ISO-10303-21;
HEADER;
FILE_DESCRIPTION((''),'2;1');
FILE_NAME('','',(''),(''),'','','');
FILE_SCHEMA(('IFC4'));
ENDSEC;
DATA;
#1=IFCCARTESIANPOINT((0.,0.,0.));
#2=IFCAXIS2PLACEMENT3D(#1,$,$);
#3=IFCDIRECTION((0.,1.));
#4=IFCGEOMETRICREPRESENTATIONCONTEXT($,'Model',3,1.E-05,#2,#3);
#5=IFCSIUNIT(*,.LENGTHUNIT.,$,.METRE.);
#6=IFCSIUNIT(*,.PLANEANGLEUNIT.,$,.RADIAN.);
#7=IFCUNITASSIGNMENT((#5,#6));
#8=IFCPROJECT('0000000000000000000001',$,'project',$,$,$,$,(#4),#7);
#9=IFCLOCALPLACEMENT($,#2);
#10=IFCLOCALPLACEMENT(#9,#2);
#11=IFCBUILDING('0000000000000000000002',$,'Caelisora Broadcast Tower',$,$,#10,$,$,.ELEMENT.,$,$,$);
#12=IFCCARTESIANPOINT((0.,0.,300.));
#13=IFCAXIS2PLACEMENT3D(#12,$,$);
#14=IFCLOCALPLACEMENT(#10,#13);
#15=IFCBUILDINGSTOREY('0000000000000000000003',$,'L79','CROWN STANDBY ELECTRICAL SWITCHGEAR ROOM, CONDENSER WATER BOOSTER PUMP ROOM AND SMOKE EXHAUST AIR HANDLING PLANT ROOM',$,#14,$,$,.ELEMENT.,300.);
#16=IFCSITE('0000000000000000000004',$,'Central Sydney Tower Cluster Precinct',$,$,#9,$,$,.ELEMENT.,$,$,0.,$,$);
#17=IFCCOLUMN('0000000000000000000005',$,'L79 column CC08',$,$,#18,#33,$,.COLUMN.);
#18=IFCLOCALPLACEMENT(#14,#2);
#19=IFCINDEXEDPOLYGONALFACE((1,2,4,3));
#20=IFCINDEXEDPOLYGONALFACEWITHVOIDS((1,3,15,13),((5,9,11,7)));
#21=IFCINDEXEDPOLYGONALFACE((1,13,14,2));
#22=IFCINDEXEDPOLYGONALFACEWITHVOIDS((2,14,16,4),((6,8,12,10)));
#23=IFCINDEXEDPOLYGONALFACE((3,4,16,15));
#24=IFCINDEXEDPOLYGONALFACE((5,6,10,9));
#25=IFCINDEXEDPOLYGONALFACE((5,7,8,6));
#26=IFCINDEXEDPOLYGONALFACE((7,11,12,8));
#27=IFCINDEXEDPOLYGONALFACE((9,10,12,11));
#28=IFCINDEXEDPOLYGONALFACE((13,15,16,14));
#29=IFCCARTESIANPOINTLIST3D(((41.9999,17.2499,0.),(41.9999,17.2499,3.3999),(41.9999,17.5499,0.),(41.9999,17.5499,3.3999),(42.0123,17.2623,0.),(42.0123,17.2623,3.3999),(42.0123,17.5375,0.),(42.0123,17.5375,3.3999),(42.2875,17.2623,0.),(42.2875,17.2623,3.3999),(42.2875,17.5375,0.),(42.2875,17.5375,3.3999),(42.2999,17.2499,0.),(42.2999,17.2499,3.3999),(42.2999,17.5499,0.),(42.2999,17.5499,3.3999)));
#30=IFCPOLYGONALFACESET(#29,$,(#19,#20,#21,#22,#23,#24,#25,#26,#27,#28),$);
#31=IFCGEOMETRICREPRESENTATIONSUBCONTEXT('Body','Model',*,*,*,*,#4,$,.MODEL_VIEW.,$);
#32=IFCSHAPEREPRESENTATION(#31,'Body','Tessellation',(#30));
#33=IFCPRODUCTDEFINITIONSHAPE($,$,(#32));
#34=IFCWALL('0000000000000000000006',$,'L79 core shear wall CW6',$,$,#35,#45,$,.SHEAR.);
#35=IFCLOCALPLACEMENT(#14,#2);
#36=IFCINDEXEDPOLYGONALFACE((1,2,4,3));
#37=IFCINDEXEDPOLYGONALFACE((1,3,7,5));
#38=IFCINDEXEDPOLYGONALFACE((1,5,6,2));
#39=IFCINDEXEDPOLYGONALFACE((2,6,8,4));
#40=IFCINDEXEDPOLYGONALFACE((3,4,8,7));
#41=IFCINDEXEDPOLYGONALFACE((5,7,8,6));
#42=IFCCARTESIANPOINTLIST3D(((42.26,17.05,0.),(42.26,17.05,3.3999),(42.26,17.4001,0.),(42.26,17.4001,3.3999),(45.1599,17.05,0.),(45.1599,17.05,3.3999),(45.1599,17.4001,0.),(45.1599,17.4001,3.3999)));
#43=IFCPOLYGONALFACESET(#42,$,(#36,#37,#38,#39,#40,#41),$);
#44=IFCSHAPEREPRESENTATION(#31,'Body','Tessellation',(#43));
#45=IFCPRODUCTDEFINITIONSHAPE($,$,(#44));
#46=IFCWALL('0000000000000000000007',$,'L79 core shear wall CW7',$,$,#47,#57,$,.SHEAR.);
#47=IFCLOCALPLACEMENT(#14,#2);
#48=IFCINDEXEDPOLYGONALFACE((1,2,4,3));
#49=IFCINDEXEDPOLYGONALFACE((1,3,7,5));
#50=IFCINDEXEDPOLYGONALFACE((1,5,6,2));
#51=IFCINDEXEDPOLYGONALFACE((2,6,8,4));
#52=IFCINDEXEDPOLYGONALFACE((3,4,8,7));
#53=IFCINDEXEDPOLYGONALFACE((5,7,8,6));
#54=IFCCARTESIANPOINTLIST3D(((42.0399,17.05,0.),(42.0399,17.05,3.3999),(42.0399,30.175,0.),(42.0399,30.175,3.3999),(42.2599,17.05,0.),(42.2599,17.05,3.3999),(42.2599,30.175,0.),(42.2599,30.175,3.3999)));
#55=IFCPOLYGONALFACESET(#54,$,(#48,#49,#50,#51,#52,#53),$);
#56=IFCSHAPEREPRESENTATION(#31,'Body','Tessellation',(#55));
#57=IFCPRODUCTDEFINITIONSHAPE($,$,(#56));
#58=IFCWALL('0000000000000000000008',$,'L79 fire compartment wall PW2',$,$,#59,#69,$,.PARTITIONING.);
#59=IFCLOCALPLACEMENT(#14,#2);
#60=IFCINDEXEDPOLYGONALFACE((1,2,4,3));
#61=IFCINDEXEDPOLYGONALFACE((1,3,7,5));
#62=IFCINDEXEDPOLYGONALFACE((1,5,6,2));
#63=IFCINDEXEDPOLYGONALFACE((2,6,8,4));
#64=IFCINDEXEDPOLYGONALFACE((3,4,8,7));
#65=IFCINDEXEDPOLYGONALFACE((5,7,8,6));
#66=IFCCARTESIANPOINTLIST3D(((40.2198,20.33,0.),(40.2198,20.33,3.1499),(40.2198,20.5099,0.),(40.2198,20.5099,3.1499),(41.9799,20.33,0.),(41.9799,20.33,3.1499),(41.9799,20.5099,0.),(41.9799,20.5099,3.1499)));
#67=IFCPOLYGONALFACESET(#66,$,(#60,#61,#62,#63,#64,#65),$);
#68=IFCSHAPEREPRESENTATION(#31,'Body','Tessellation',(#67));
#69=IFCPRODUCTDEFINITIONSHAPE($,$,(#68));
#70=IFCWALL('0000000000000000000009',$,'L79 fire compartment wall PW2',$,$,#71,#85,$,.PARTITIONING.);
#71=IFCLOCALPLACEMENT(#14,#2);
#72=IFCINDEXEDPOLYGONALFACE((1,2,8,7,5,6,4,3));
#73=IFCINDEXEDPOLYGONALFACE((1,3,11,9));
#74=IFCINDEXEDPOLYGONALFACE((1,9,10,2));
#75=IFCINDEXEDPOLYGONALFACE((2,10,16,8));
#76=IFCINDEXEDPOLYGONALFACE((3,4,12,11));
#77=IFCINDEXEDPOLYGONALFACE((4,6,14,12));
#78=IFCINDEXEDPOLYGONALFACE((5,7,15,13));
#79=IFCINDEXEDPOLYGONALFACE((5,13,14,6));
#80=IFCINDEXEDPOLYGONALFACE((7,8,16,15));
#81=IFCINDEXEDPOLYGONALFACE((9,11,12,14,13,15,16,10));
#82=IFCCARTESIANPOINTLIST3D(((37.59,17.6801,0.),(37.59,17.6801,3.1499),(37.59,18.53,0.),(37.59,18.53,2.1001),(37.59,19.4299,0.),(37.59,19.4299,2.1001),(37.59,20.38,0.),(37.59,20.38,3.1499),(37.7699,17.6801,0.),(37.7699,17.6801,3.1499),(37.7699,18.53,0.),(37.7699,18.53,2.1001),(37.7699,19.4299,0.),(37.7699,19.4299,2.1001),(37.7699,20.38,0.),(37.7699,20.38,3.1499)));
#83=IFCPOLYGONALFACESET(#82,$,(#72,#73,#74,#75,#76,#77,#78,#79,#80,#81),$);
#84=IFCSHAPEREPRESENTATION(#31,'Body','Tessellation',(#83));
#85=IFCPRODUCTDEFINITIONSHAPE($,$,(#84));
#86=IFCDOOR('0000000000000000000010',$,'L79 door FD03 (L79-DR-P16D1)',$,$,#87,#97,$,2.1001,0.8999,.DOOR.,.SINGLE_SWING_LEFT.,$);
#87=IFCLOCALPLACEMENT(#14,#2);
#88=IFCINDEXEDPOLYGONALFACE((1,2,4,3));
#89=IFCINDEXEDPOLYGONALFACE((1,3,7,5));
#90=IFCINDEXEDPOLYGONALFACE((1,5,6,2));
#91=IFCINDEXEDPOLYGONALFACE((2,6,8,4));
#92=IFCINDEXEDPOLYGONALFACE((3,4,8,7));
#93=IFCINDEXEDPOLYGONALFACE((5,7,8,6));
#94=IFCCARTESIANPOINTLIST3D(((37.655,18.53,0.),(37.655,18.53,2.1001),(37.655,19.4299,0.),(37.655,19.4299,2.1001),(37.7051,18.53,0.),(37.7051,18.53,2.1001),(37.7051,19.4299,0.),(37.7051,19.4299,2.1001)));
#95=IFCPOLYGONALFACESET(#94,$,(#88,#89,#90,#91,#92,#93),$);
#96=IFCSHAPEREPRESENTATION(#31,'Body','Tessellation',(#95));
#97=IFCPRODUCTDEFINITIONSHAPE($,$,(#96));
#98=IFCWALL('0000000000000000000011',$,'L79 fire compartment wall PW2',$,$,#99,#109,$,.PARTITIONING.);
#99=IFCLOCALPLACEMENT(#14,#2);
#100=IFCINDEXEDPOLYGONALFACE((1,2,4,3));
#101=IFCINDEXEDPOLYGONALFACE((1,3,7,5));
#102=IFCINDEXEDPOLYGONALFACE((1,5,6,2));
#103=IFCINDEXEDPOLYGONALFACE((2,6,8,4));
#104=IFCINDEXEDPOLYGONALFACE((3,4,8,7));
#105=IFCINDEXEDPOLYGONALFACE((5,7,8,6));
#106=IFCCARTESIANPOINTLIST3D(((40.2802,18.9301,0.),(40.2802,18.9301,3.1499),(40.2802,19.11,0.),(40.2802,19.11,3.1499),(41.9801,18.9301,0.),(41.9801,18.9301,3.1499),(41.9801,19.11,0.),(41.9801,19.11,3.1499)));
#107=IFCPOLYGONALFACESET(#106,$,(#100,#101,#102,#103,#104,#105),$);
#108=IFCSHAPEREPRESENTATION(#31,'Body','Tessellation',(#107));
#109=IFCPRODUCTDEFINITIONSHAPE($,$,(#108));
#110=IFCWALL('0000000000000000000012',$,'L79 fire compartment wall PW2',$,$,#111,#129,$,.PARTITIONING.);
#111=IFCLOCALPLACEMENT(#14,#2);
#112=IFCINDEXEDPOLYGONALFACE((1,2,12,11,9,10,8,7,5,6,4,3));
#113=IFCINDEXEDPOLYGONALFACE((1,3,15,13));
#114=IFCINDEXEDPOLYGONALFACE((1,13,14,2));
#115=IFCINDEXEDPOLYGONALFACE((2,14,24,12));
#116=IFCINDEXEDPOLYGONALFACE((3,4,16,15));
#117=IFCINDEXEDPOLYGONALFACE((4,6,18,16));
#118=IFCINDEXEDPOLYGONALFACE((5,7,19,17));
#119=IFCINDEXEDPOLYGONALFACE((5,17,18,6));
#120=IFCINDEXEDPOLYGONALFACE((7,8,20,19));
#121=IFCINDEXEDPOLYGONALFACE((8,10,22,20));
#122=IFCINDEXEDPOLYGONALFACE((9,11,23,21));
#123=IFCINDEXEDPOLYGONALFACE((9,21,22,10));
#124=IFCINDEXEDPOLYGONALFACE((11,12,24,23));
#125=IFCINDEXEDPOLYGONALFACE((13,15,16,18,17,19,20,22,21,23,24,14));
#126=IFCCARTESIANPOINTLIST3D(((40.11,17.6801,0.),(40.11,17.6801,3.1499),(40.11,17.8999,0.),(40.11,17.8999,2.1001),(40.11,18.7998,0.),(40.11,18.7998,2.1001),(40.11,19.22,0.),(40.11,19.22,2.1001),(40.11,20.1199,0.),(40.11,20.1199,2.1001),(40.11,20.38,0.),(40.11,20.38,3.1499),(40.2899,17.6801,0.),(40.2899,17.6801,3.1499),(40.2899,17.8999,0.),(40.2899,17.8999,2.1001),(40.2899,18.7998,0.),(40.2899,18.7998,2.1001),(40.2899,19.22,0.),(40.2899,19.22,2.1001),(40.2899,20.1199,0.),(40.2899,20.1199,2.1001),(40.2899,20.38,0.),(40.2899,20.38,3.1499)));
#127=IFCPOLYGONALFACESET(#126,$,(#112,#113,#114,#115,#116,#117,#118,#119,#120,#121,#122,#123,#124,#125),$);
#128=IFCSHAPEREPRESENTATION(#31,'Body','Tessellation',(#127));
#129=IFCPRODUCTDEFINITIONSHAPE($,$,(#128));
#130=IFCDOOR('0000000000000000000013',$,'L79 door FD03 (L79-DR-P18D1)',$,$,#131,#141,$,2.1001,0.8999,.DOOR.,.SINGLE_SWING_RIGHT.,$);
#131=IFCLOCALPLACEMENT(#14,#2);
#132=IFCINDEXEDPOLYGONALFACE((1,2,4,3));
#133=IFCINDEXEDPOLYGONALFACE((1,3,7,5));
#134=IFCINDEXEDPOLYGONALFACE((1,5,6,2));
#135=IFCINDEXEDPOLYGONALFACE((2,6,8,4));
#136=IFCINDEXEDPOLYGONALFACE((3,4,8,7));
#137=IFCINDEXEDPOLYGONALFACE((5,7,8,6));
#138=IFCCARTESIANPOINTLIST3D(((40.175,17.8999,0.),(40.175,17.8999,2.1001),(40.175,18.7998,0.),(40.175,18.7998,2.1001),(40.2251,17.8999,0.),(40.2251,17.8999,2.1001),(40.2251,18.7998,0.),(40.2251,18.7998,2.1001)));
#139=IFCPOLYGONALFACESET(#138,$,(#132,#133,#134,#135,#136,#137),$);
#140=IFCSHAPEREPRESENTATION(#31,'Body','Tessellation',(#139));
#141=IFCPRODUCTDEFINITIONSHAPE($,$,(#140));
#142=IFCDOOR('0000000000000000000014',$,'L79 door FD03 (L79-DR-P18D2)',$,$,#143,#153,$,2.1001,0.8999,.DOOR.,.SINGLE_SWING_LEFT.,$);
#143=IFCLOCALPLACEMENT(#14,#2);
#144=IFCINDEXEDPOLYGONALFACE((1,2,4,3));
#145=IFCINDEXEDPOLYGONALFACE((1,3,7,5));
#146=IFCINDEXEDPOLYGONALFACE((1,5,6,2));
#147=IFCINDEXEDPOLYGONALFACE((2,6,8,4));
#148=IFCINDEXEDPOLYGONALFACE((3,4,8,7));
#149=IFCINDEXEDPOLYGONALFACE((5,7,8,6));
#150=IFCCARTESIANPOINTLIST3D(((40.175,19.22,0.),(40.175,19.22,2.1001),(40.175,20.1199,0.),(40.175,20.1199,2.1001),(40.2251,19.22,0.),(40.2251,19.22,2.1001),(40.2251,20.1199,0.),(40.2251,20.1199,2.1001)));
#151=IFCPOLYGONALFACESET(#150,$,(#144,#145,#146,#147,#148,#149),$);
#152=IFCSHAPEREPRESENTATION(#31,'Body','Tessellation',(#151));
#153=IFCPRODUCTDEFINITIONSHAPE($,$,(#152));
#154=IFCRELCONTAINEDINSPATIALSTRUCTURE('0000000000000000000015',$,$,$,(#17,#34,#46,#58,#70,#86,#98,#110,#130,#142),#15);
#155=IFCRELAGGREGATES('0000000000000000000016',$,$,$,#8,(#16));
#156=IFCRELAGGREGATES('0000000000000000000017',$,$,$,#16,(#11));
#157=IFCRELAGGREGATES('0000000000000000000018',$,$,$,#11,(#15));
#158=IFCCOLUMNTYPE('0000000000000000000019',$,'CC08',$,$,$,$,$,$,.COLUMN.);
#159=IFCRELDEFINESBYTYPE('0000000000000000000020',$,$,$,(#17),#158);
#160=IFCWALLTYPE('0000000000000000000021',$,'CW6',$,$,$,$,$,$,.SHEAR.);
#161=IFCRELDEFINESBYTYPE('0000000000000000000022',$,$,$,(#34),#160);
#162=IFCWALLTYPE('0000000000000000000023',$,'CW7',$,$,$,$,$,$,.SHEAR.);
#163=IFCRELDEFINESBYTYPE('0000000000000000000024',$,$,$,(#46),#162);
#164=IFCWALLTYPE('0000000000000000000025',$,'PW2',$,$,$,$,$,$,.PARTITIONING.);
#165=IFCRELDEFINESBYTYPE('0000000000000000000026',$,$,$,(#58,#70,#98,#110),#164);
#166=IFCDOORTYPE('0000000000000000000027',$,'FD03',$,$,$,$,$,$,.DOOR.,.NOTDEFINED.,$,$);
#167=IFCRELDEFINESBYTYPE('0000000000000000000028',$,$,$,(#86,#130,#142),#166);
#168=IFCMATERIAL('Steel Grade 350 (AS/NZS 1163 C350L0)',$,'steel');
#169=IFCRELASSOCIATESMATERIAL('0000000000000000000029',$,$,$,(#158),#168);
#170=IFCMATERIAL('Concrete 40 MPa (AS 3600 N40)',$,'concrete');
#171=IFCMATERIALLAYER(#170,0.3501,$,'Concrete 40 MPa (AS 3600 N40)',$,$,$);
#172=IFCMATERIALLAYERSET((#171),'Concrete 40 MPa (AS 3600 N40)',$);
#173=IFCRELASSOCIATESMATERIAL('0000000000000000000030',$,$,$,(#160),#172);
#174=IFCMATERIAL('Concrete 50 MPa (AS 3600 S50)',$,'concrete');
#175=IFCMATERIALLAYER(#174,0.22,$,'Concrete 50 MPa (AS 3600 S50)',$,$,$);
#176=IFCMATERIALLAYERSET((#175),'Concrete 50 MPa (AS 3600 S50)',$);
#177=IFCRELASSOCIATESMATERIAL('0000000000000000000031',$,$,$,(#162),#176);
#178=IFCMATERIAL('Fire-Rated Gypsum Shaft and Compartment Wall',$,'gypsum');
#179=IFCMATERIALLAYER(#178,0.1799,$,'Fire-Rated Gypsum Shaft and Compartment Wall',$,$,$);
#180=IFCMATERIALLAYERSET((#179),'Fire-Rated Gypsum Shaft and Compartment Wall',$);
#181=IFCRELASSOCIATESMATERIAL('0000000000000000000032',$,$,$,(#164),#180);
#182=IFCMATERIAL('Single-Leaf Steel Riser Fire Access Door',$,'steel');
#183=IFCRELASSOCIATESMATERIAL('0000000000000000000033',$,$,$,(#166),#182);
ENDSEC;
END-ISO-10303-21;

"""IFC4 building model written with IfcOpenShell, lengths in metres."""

from ifc_helpers import new_model, si_unit, direction, frame, frame_2d, origin, origin_2d, place, context, subcontext, project, spatial, rectangle, hollow_rectangle, extrude, source, transform, mapped, material, layer, layer_set, material_profile, profile_set, type_object, type_shapes, element, fill, save


model = new_model("IFC4")

# Units and contexts
model_context = context("Model", 3, precision=1e-05, world=origin(), true_north=direction((0.0, 1.0)))
body_context = subcontext(model_context, "Body", "Model", "MODEL_VIEW")
ifc_project = project(units=[si_unit("LENGTHUNIT", "METRE"), si_unit("PLANEANGLEUNIT", "RADIAN")], contexts=[model_context])

# Site, building, storey
site_placement = place(None, origin())
site = spatial("IfcSite", under=ifc_project, at=site_placement, Name="Central Sydney Tower Cluster Precinct", CompositionType="ELEMENT", RefElevation=0.0)
building_placement = place(site_placement, origin())
building = spatial("IfcBuilding", under=site, at=building_placement, Name="Caelisora Broadcast Tower", CompositionType="ELEMENT")
storey_placement = place(building_placement, frame((0.0, 0.0, 300.0)))
storey = spatial("IfcBuildingStorey", under=building, at=storey_placement, Name="L79", Description="CROWN STANDBY ELECTRICAL SWITCHGEAR ROOM, CONDENSER WATER BOOSTER PUMP ROOM AND SMOKE EXHAUST AIR HANDLING PLANT ROOM", CompositionType="ELEMENT", Elevation=300.0)

# Column
ifc_material_1 = material(Name="Steel Grade 350 (AS/NZS 1163 C350L0)", Category="steel")
ifc_material_profile = material_profile(ifc_material_1, hollow_rectangle(XDim=0.3, YDim=0.3, WallThickness=0.0125, at=origin_2d()), Name="Steel Grade 350 (AS/NZS 1163 C350L0)")
ifc_profile_set = profile_set([ifc_material_profile], Name="Steel Grade 350 (AS/NZS 1163 C350L0)")
column_type = type_object("IfcColumnType", Name="CC08", PredefinedType="COLUMN", material=ifc_profile_set)
shared_shape = source(origin(), body_context, "Body", "SweptSolid", [
    extrude(hollow_rectangle(XDim=0.3, YDim=0.3, WallThickness=0.0125, at=origin_2d()), origin(), (0.0, 0.0, 1.0), 3.3999),
])
type_shapes(column_type, [shared_shape])
column_placement = place(storey_placement, frame((42.1499, 17.3999, 0.0), z_axis=(0.0, 0.0, 1.0), x_axis=(1.0, 0.0, 0.0)))
element("IfcColumn", 1, at=column_placement, inside=storey, type_object=column_type, Name="L79 column CC08", PredefinedType="COLUMN", context=body_context, shape_type="MappedRepresentation", body=[
    mapped(shared_shape, transform((0.0, 0.0, 0.0), scale=1.0)),
])

# Walls
ifc_material_2 = material(Name="Concrete 40 MPa (AS 3600 N40)", Category="concrete")
ifc_layer_1 = layer(ifc_material_2, 0.3501, Name="Concrete 40 MPa (AS 3600 N40)")
ifc_layer_set_1 = layer_set([ifc_layer_1], Name="Concrete 40 MPa (AS 3600 N40)")
wall_type_1 = type_object("IfcWallType", Name="CW6", PredefinedType="SHEAR", material=ifc_layer_set_1)
wall_1_placement = place(storey_placement, frame((42.26, 17.2251, 0.0), z_axis=(0.0, 0.0, 1.0), x_axis=(1.0, 0.0, 0.0)))
element("IfcWall", 2, at=wall_1_placement, inside=storey, type_object=wall_type_1, Name="L79 core shear wall CW6", PredefinedType="SHEAR", context=body_context, shape_type="SweptSolid", body=[
    extrude(rectangle(XDim=2.8999, YDim=0.3501, at=frame_2d((1.45, 0.0))), origin(), (0.0, 0.0, 1.0), 3.3999),
])
ifc_material_3 = material(Name="Concrete 50 MPa (AS 3600 S50)", Category="concrete")
ifc_layer_2 = layer(ifc_material_3, 0.22, Name="Concrete 50 MPa (AS 3600 S50)")
ifc_layer_set_2 = layer_set([ifc_layer_2], Name="Concrete 50 MPa (AS 3600 S50)")
wall_type_2 = type_object("IfcWallType", Name="CW7", PredefinedType="SHEAR", material=ifc_layer_set_2)
wall_2_placement = place(storey_placement, frame((42.1499, 17.05, 0.0), z_axis=(0.0, 0.0, 1.0), x_axis=(0.0, 1.0, 0.0)))
element("IfcWall", 3, at=wall_2_placement, inside=storey, type_object=wall_type_2, Name="L79 core shear wall CW7", PredefinedType="SHEAR", context=body_context, shape_type="SweptSolid", body=[
    extrude(rectangle(XDim=13.125, YDim=0.22, at=frame_2d((6.5625, 0.0))), origin(), (0.0, 0.0, 1.0), 3.3999),
])
ifc_material_4 = material(Name="Fire-Rated Gypsum Shaft and Compartment Wall", Category="gypsum")
ifc_layer_3 = layer(ifc_material_4, 0.1799, Name="Fire-Rated Gypsum Shaft and Compartment Wall")
ifc_layer_set_3 = layer_set([ifc_layer_3], Name="Fire-Rated Gypsum Shaft and Compartment Wall")
wall_type_3 = type_object("IfcWallType", Name="PW2", PredefinedType="PARTITIONING", material=ifc_layer_set_3)
wall_3_placement = place(storey_placement, frame((40.22, 20.4199, 0.0), z_axis=(0.0, 0.0, 1.0), x_axis=(1.0, 0.0, 0.0)))
element("IfcWall", 4, at=wall_3_placement, inside=storey, type_object=wall_type_3, Name="L79 fire compartment wall PW2", PredefinedType="PARTITIONING", context=body_context, shape_type="SweptSolid", body=[
    extrude(rectangle(XDim=1.76, YDim=0.1799, at=frame_2d((0.8799, 0.0))), origin(), (0.0, 0.0, 1.0), 3.1499),
])

# Wall, opening, door
wall_4_placement = place(storey_placement, frame((37.6799, 17.6799, 0.0), z_axis=(0.0, 0.0, 1.0), x_axis=(0.0, 1.0, 0.0)))
wall_4 = element("IfcWall", 5, at=wall_4_placement, inside=storey, type_object=wall_type_3, Name="L79 fire compartment wall PW2", PredefinedType="PARTITIONING", context=body_context, shape_type="SweptSolid", body=[
    extrude(rectangle(XDim=2.7, YDim=0.1799, at=frame_2d((1.3501, 0.0))), origin(), (0.0, 0.0, 1.0), 3.1499),
])
opening_1_placement = place(wall_4_placement, frame((0.8501, 0.0, 0.0)))
opening_1 = element("IfcOpeningElement", 6, at=opening_1_placement, cuts=wall_4, PredefinedType="OPENING", context=body_context, shape_type="SweptSolid", body=[
    extrude(rectangle(XDim=0.8999, YDim=2.1001, at=frame_2d((0.45, 1.05))), frame((0.0, 0.1021, 0.0), z_axis=(0.0, -1.0, 0.0), x_axis=(1.0, 0.0, 0.0)), (0.0, 0.0, 1.0), 0.2039),
])
ifc_material_5 = material(Name="Single-Leaf Steel Riser Fire Access Door", Category="steel")
door_type = type_object("IfcDoorType", Name="FD03", OperationType="NOTDEFINED", PredefinedType="DOOR", material=ifc_material_5)
door_1_placement = place(opening_1_placement, origin())
door_1 = element("IfcDoor", 7, at=door_1_placement, inside=storey, type_object=door_type, Name="L79 door FD03 (L79-DR-P16D1)", OperationType="SINGLE_SWING_LEFT", OverallHeight=2.1001, OverallWidth=0.8999, PredefinedType="DOOR", context=body_context, shape_type="SweptSolid", body=[
    extrude(rectangle(XDim=0.8999, YDim=2.1001, at=frame_2d((0.45, 1.05))), frame((0.0, 0.0249, 0.0), z_axis=(0.0, -1.0, 0.0), x_axis=(1.0, 0.0, 0.0)), (0.0, 0.0, 1.0), 0.05),
])
fill(opening_1, door_1)

# Wall
wall_5_placement = place(storey_placement, frame((40.28, 19.02, 0.0), z_axis=(0.0, 0.0, 1.0), x_axis=(1.0, 0.0, 0.0)))
element("IfcWall", 8, at=wall_5_placement, inside=storey, type_object=wall_type_3, Name="L79 fire compartment wall PW2", PredefinedType="PARTITIONING", context=body_context, shape_type="SweptSolid", body=[
    extrude(rectangle(XDim=1.7, YDim=0.1799, at=frame_2d((0.8501, 0.0))), origin(), (0.0, 0.0, 1.0), 3.1499),
])

# Wall, openings, doors
wall_6_placement = place(storey_placement, frame((40.2, 17.6799, 0.0), z_axis=(0.0, 0.0, 1.0), x_axis=(0.0, 1.0, 0.0)))
wall_6 = element("IfcWall", 9, at=wall_6_placement, inside=storey, type_object=wall_type_3, Name="L79 fire compartment wall PW2", PredefinedType="PARTITIONING", context=body_context, shape_type="SweptSolid", body=[
    extrude(rectangle(XDim=2.7, YDim=0.1799, at=frame_2d((1.3501, 0.0))), origin(), (0.0, 0.0, 1.0), 3.1499),
])
opening_2_placement = place(wall_6_placement, frame((0.22, 0.0, 0.0)))
opening_2 = element("IfcOpeningElement", 10, at=opening_2_placement, cuts=wall_6, PredefinedType="OPENING", context=body_context, shape_type="SweptSolid", body=[
    extrude(rectangle(XDim=0.8999, YDim=2.1001, at=frame_2d((0.45, 1.05))), frame((0.0, 0.1021, 0.0), z_axis=(0.0, -1.0, 0.0), x_axis=(1.0, 0.0, 0.0)), (0.0, 0.0, 1.0), 0.2039),
])
opening_3_placement = place(wall_6_placement, frame((1.54, 0.0, 0.0)))
opening_3 = element("IfcOpeningElement", 11, at=opening_3_placement, cuts=wall_6, PredefinedType="OPENING", context=body_context, shape_type="SweptSolid", body=[
    extrude(rectangle(XDim=0.8999, YDim=2.1001, at=frame_2d((0.45, 1.05))), frame((0.0, 0.1021, 0.0), z_axis=(0.0, -1.0, 0.0), x_axis=(1.0, 0.0, 0.0)), (0.0, 0.0, 1.0), 0.2039),
])
door_2_placement = place(opening_2_placement, origin())
door_2 = element("IfcDoor", 12, at=door_2_placement, inside=storey, type_object=door_type, Name="L79 door FD03 (L79-DR-P18D1)", OperationType="SINGLE_SWING_RIGHT", OverallHeight=2.1001, OverallWidth=0.8999, PredefinedType="DOOR", context=body_context, shape_type="SweptSolid", body=[
    extrude(rectangle(XDim=0.8999, YDim=2.1001, at=frame_2d((0.45, 1.05))), frame((0.0, 0.0249, 0.0), z_axis=(0.0, -1.0, 0.0), x_axis=(1.0, 0.0, 0.0)), (0.0, 0.0, 1.0), 0.05),
])
fill(opening_2, door_2)
door_3_placement = place(opening_3_placement, origin())
door_3 = element("IfcDoor", 13, at=door_3_placement, inside=storey, type_object=door_type, Name="L79 door FD03 (L79-DR-P18D2)", OperationType="SINGLE_SWING_LEFT", OverallHeight=2.1001, OverallWidth=0.8999, PredefinedType="DOOR", context=body_context, shape_type="SweptSolid", body=[
    extrude(rectangle(XDim=0.8999, YDim=2.1001, at=frame_2d((0.45, 1.05))), frame((0.0, 0.0249, 0.0), z_axis=(0.0, -1.0, 0.0), x_axis=(1.0, 0.0, 0.0)), (0.0, 0.0, 1.0), 0.05),
])
fill(opening_3, door_3)

save(model, "model.ifc")
